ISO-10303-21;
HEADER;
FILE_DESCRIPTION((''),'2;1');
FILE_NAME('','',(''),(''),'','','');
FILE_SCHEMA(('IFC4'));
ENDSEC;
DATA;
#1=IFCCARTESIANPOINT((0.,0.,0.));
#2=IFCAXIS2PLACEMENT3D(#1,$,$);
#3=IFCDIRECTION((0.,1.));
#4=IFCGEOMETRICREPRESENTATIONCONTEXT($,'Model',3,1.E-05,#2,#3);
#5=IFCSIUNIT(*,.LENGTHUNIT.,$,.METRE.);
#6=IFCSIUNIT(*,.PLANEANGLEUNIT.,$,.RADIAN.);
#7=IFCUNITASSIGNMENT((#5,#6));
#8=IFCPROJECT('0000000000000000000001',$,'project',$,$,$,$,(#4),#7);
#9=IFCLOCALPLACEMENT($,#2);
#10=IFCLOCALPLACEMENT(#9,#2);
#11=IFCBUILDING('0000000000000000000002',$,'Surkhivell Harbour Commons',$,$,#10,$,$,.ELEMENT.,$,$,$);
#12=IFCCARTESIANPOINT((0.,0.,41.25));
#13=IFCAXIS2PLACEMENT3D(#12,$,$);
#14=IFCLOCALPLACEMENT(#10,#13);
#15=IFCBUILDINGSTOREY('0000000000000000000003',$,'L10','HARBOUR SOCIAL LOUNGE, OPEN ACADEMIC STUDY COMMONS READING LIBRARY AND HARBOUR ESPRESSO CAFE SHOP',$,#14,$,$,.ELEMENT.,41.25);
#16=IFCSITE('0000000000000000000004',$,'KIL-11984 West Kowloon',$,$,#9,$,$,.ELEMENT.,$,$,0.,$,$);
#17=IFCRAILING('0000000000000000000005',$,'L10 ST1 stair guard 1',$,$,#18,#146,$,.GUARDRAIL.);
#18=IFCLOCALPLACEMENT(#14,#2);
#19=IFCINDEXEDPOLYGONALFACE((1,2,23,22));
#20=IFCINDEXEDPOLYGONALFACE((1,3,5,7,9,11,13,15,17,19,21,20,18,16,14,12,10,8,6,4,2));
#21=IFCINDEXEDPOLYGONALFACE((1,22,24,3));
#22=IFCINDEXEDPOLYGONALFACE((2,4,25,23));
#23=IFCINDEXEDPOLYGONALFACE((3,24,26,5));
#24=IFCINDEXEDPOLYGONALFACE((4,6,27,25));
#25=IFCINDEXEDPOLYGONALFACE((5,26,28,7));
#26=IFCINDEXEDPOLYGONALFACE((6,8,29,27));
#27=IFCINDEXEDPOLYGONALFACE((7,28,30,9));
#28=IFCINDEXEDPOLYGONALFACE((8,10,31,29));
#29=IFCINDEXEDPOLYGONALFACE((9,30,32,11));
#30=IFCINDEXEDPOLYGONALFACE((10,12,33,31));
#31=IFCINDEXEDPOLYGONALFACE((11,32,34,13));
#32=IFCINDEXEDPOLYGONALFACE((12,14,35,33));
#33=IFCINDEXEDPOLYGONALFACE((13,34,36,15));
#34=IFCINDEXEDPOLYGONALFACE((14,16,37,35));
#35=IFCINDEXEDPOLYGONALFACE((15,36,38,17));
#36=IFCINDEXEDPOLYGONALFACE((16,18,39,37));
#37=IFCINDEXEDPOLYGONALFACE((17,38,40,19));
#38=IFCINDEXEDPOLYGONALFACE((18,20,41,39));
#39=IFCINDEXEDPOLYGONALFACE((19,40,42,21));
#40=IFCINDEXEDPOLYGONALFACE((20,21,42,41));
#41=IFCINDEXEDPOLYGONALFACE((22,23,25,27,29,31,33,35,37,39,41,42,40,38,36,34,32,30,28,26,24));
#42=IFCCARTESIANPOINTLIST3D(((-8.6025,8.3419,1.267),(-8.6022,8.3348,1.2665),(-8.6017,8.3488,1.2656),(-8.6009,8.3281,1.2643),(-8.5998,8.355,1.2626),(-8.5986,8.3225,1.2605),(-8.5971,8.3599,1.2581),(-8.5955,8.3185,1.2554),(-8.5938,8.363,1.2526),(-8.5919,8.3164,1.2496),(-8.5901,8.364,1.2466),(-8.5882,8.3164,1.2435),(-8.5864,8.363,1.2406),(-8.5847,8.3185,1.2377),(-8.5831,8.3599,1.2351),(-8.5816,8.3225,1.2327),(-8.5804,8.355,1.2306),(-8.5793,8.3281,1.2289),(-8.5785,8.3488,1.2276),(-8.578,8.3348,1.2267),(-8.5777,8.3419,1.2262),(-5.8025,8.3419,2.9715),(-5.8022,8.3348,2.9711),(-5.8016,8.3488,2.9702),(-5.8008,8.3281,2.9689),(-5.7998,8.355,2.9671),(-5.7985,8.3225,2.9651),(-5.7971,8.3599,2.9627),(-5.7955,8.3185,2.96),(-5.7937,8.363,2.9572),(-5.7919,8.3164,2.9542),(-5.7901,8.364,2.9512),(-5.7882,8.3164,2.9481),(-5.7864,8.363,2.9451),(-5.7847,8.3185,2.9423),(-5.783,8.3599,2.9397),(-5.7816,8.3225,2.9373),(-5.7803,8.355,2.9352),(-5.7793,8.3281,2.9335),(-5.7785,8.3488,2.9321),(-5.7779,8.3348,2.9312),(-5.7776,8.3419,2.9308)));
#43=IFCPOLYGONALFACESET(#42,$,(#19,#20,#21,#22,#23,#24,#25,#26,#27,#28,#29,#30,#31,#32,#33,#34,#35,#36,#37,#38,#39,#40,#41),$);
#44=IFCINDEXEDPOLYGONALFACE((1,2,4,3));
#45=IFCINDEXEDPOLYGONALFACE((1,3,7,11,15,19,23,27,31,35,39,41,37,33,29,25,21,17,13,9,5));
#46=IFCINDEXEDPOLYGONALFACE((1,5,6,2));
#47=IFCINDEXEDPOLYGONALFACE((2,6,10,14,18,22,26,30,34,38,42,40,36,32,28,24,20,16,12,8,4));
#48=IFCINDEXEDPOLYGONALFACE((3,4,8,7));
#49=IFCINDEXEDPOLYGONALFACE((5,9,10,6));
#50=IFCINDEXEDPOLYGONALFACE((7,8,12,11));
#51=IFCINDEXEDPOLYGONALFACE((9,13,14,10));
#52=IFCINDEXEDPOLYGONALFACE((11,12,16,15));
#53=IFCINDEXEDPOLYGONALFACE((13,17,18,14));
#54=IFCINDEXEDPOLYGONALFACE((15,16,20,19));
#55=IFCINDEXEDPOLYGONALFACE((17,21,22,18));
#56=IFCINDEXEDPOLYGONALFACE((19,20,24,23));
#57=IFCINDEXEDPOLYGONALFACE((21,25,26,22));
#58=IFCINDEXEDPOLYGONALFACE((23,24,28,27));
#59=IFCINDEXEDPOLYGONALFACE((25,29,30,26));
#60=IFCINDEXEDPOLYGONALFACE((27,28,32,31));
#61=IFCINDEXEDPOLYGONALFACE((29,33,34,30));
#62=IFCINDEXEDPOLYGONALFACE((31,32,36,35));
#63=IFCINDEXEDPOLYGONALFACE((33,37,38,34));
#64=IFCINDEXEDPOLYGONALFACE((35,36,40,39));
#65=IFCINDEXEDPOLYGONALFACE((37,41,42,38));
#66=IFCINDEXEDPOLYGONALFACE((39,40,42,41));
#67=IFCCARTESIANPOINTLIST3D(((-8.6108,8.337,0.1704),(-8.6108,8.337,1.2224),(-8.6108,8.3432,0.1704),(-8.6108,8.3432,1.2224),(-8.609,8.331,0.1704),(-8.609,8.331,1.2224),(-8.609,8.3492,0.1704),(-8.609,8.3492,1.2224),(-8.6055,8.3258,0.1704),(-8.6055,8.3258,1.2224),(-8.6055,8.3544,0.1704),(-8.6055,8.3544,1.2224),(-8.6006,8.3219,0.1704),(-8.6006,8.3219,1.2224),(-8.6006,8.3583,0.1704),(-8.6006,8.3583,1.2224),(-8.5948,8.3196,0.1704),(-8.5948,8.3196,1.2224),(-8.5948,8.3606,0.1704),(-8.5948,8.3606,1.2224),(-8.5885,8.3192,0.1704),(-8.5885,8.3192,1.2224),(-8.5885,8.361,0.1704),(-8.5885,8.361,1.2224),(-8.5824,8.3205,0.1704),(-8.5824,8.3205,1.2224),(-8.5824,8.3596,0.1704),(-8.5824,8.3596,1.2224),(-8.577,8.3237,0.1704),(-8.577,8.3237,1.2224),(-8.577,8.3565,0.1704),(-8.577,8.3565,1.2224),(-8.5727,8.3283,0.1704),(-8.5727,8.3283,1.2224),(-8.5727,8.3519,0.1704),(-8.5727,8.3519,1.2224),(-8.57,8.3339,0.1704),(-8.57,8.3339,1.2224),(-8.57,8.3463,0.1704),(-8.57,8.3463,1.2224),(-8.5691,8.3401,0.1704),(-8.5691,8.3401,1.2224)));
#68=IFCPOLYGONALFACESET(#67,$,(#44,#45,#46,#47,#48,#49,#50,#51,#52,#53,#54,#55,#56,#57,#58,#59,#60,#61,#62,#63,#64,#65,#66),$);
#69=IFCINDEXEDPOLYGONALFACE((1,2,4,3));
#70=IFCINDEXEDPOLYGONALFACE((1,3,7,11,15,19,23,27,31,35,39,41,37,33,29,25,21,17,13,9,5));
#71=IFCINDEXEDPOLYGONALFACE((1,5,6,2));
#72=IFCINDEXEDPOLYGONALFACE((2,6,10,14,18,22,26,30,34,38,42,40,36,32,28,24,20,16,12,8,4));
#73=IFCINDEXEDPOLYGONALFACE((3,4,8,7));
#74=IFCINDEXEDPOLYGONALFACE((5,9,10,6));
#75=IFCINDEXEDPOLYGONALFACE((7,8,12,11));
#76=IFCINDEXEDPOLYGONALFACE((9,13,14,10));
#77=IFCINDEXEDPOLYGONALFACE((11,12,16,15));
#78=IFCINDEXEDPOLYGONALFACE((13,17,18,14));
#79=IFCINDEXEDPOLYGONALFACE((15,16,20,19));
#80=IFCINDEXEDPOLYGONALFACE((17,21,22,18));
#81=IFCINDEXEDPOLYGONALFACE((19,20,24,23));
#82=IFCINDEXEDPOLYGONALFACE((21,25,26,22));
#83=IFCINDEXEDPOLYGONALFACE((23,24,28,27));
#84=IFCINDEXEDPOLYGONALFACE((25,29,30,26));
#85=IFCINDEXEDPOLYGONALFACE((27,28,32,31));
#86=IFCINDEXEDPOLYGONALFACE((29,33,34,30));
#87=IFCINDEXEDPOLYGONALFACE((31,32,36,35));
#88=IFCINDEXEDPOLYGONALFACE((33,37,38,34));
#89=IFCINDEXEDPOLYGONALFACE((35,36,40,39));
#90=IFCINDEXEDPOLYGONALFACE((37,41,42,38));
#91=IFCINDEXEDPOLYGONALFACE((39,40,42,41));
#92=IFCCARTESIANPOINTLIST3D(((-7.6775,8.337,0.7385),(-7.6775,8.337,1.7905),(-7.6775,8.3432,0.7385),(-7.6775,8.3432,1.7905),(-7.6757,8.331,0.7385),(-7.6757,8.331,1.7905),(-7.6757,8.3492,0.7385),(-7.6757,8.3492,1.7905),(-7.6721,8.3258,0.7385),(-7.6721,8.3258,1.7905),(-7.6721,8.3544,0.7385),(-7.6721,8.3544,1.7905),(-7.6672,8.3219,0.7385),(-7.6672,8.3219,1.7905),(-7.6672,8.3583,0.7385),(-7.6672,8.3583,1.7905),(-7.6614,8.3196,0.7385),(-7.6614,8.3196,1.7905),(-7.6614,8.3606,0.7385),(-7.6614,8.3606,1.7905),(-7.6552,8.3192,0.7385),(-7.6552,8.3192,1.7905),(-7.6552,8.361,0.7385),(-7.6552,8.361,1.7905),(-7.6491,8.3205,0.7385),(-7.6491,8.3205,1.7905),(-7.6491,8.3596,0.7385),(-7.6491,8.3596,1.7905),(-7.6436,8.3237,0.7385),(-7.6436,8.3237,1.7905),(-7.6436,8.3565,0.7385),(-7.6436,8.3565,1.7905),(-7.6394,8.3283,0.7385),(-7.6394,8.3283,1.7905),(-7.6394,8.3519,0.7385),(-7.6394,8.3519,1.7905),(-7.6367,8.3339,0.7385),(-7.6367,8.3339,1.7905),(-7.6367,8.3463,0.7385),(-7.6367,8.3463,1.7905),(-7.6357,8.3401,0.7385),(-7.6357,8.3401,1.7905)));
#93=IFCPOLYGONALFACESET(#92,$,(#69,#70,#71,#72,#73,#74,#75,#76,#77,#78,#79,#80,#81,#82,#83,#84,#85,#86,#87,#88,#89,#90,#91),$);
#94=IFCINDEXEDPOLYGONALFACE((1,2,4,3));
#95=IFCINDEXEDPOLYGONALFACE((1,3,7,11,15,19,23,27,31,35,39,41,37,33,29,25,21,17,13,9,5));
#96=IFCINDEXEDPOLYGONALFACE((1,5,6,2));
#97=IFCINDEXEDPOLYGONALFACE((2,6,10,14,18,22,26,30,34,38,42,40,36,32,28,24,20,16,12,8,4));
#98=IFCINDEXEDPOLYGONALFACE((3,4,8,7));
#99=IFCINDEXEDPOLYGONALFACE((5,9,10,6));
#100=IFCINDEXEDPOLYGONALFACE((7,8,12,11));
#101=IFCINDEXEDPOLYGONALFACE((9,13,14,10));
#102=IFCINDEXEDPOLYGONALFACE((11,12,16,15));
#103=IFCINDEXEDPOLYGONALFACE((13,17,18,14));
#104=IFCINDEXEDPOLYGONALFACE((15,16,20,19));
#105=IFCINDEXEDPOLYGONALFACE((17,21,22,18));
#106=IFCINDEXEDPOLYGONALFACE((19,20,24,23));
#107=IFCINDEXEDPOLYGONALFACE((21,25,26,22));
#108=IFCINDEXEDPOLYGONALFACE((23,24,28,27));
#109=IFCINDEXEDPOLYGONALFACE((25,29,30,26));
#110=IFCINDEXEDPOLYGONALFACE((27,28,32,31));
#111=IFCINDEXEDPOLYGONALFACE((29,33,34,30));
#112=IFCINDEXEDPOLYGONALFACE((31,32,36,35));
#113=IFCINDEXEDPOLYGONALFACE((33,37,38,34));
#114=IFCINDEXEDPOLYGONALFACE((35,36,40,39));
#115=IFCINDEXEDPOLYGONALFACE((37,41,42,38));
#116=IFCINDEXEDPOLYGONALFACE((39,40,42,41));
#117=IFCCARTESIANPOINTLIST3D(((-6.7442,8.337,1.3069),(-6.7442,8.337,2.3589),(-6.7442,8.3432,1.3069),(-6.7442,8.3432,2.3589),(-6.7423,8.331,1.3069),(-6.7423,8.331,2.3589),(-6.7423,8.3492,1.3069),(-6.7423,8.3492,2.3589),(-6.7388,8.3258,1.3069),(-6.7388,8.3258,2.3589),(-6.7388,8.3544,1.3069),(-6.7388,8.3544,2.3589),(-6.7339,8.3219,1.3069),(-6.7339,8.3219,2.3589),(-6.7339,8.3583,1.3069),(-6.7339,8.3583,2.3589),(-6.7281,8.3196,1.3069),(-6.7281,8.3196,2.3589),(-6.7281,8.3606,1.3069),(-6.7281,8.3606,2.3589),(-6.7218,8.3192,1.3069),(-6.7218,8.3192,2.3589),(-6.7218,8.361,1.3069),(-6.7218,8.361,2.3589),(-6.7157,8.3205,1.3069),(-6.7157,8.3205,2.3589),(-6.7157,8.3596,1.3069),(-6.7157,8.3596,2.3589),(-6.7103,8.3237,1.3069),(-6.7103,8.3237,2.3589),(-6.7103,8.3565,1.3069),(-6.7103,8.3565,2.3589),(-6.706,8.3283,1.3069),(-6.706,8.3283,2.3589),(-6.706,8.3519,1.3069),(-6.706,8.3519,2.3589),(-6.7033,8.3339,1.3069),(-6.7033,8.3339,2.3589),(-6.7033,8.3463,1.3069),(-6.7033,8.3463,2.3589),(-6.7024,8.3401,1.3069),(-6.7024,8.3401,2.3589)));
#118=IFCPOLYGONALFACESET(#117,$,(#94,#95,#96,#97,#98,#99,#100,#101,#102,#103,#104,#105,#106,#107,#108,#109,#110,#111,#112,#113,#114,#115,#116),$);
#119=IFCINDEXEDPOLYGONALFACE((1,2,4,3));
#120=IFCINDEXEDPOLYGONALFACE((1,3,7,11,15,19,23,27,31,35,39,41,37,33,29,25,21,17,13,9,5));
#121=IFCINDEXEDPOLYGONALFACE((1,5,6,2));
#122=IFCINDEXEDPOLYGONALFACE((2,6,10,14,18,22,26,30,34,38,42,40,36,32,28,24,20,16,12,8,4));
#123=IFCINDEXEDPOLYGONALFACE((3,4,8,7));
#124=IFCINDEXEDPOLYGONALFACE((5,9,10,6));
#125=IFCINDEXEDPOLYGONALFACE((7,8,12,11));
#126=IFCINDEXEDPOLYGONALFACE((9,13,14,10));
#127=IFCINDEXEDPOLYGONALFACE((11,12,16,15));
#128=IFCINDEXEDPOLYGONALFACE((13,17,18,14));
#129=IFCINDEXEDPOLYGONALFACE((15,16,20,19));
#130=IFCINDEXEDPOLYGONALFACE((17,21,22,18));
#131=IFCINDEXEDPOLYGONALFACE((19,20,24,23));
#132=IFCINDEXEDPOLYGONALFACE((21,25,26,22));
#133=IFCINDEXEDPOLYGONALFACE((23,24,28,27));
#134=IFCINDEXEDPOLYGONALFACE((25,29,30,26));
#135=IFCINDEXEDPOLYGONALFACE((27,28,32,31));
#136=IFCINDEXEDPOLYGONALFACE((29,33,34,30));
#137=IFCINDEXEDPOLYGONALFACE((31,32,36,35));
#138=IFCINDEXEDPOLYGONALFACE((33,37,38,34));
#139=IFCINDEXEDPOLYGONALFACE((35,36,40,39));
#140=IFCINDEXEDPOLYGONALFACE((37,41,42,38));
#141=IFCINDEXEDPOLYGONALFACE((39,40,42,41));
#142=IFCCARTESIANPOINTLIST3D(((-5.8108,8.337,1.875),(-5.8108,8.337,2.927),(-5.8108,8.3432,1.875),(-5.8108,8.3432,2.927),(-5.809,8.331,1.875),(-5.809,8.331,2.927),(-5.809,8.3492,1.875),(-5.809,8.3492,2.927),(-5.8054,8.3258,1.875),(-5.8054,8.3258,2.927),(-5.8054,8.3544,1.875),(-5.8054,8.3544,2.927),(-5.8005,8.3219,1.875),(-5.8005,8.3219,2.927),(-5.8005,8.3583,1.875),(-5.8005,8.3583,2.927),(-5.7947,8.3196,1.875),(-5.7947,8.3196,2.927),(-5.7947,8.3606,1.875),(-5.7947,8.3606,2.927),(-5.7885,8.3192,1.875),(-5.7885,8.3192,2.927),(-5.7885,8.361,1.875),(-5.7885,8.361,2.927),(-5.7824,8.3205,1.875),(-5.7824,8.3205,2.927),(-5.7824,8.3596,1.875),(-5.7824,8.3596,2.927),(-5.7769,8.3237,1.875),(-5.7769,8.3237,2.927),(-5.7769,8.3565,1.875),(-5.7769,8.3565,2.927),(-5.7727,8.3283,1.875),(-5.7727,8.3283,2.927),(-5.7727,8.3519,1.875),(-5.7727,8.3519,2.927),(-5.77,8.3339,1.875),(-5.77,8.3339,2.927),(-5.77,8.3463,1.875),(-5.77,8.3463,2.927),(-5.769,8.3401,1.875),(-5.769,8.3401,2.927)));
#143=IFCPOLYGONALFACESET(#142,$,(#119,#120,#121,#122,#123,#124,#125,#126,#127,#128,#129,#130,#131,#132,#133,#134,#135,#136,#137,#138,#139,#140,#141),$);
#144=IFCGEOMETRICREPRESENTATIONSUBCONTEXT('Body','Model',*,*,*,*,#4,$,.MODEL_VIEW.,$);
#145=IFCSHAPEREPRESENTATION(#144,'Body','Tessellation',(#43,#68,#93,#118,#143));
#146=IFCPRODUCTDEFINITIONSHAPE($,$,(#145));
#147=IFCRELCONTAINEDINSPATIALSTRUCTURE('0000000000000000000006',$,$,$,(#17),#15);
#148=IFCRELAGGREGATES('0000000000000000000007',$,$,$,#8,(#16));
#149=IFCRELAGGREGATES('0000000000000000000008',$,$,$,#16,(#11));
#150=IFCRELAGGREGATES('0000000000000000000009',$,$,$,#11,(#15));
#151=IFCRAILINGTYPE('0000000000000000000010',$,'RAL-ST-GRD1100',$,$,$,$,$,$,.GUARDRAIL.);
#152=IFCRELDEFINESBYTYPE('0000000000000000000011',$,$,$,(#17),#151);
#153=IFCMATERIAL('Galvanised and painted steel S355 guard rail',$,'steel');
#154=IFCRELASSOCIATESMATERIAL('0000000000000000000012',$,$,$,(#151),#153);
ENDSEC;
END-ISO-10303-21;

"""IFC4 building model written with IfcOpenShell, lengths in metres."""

from ifc_helpers import new_model, si_unit, direction, frame, origin, origin_2d, place, context, subcontext, project, spatial, circle, extrude, material, type_object, element, save


model = new_model("IFC4")

# Units and contexts
model_context = context("Model", 3, precision=1e-05, world=origin(), true_north=direction((0.0, 1.0)))
body_context = subcontext(model_context, "Body", "Model", "MODEL_VIEW")
ifc_project = project(units=[si_unit("LENGTHUNIT", "METRE"), si_unit("PLANEANGLEUNIT", "RADIAN")], contexts=[model_context])

# Site, building, storey
site_placement = place(None, origin())
site = spatial("IfcSite", under=ifc_project, at=site_placement, Name="KIL-11984 West Kowloon", CompositionType="ELEMENT", RefElevation=0.0)
building_placement = place(site_placement, origin())
building = spatial("IfcBuilding", under=site, at=building_placement, Name="Surkhivell Harbour Commons", CompositionType="ELEMENT")
storey_placement = place(building_placement, frame((0.0, 0.0, 41.25)))
storey = spatial("IfcBuildingStorey", under=building, at=storey_placement, Name="L10", Description="HARBOUR SOCIAL LOUNGE, OPEN ACADEMIC STUDY COMMONS READING LIBRARY AND HARBOUR ESPRESSO CAFE SHOP", CompositionType="ELEMENT", Elevation=41.25)

# Railing
ifc_material_1 = material(Name="Galvanised and painted steel S355 guard rail", Category="steel")
railing_type_1 = type_object("IfcRailingType", Name="RAL-ST-GRD1100", PredefinedType="GUARDRAIL", material=ifc_material_1)
railing_1_placement = place(storey_placement, frame((-8.5901, 8.3401, 0.1704)))
element("IfcRailing", 1, at=railing_1_placement, inside=storey, type_object=railing_type_1, Name="L10 ST1 stair guard 1", PredefinedType="GUARDRAIL", context=body_context, shape_type="SweptSolid", body=[
    extrude(circle(Radius=0.0239, at=origin_2d()), frame((0.0, 0.0, 1.0762), z_axis=(0.85417, 0.0, 0.519994), x_axis=(0.0, 1.0, 0.0)), (0.0, 0.0, 1.0), 3.2781),
    extrude(circle(Radius=0.021, at=origin_2d()), origin(), (0.0, 0.0, 1.0), 1.052),
    extrude(circle(Radius=0.021, at=origin_2d()), frame((0.9333, 0.0, 0.5681)), (0.0, 0.0, 1.0), 1.052),
    extrude(circle(Radius=0.021, at=origin_2d()), frame((1.8667, 0.0, 1.1365)), (0.0, 0.0, 1.0), 1.052),
    extrude(circle(Radius=0.021, at=origin_2d()), frame((2.8, 0.0, 1.7046)), (0.0, 0.0, 1.0), 1.052),
])

save(model, "model.ifc")
